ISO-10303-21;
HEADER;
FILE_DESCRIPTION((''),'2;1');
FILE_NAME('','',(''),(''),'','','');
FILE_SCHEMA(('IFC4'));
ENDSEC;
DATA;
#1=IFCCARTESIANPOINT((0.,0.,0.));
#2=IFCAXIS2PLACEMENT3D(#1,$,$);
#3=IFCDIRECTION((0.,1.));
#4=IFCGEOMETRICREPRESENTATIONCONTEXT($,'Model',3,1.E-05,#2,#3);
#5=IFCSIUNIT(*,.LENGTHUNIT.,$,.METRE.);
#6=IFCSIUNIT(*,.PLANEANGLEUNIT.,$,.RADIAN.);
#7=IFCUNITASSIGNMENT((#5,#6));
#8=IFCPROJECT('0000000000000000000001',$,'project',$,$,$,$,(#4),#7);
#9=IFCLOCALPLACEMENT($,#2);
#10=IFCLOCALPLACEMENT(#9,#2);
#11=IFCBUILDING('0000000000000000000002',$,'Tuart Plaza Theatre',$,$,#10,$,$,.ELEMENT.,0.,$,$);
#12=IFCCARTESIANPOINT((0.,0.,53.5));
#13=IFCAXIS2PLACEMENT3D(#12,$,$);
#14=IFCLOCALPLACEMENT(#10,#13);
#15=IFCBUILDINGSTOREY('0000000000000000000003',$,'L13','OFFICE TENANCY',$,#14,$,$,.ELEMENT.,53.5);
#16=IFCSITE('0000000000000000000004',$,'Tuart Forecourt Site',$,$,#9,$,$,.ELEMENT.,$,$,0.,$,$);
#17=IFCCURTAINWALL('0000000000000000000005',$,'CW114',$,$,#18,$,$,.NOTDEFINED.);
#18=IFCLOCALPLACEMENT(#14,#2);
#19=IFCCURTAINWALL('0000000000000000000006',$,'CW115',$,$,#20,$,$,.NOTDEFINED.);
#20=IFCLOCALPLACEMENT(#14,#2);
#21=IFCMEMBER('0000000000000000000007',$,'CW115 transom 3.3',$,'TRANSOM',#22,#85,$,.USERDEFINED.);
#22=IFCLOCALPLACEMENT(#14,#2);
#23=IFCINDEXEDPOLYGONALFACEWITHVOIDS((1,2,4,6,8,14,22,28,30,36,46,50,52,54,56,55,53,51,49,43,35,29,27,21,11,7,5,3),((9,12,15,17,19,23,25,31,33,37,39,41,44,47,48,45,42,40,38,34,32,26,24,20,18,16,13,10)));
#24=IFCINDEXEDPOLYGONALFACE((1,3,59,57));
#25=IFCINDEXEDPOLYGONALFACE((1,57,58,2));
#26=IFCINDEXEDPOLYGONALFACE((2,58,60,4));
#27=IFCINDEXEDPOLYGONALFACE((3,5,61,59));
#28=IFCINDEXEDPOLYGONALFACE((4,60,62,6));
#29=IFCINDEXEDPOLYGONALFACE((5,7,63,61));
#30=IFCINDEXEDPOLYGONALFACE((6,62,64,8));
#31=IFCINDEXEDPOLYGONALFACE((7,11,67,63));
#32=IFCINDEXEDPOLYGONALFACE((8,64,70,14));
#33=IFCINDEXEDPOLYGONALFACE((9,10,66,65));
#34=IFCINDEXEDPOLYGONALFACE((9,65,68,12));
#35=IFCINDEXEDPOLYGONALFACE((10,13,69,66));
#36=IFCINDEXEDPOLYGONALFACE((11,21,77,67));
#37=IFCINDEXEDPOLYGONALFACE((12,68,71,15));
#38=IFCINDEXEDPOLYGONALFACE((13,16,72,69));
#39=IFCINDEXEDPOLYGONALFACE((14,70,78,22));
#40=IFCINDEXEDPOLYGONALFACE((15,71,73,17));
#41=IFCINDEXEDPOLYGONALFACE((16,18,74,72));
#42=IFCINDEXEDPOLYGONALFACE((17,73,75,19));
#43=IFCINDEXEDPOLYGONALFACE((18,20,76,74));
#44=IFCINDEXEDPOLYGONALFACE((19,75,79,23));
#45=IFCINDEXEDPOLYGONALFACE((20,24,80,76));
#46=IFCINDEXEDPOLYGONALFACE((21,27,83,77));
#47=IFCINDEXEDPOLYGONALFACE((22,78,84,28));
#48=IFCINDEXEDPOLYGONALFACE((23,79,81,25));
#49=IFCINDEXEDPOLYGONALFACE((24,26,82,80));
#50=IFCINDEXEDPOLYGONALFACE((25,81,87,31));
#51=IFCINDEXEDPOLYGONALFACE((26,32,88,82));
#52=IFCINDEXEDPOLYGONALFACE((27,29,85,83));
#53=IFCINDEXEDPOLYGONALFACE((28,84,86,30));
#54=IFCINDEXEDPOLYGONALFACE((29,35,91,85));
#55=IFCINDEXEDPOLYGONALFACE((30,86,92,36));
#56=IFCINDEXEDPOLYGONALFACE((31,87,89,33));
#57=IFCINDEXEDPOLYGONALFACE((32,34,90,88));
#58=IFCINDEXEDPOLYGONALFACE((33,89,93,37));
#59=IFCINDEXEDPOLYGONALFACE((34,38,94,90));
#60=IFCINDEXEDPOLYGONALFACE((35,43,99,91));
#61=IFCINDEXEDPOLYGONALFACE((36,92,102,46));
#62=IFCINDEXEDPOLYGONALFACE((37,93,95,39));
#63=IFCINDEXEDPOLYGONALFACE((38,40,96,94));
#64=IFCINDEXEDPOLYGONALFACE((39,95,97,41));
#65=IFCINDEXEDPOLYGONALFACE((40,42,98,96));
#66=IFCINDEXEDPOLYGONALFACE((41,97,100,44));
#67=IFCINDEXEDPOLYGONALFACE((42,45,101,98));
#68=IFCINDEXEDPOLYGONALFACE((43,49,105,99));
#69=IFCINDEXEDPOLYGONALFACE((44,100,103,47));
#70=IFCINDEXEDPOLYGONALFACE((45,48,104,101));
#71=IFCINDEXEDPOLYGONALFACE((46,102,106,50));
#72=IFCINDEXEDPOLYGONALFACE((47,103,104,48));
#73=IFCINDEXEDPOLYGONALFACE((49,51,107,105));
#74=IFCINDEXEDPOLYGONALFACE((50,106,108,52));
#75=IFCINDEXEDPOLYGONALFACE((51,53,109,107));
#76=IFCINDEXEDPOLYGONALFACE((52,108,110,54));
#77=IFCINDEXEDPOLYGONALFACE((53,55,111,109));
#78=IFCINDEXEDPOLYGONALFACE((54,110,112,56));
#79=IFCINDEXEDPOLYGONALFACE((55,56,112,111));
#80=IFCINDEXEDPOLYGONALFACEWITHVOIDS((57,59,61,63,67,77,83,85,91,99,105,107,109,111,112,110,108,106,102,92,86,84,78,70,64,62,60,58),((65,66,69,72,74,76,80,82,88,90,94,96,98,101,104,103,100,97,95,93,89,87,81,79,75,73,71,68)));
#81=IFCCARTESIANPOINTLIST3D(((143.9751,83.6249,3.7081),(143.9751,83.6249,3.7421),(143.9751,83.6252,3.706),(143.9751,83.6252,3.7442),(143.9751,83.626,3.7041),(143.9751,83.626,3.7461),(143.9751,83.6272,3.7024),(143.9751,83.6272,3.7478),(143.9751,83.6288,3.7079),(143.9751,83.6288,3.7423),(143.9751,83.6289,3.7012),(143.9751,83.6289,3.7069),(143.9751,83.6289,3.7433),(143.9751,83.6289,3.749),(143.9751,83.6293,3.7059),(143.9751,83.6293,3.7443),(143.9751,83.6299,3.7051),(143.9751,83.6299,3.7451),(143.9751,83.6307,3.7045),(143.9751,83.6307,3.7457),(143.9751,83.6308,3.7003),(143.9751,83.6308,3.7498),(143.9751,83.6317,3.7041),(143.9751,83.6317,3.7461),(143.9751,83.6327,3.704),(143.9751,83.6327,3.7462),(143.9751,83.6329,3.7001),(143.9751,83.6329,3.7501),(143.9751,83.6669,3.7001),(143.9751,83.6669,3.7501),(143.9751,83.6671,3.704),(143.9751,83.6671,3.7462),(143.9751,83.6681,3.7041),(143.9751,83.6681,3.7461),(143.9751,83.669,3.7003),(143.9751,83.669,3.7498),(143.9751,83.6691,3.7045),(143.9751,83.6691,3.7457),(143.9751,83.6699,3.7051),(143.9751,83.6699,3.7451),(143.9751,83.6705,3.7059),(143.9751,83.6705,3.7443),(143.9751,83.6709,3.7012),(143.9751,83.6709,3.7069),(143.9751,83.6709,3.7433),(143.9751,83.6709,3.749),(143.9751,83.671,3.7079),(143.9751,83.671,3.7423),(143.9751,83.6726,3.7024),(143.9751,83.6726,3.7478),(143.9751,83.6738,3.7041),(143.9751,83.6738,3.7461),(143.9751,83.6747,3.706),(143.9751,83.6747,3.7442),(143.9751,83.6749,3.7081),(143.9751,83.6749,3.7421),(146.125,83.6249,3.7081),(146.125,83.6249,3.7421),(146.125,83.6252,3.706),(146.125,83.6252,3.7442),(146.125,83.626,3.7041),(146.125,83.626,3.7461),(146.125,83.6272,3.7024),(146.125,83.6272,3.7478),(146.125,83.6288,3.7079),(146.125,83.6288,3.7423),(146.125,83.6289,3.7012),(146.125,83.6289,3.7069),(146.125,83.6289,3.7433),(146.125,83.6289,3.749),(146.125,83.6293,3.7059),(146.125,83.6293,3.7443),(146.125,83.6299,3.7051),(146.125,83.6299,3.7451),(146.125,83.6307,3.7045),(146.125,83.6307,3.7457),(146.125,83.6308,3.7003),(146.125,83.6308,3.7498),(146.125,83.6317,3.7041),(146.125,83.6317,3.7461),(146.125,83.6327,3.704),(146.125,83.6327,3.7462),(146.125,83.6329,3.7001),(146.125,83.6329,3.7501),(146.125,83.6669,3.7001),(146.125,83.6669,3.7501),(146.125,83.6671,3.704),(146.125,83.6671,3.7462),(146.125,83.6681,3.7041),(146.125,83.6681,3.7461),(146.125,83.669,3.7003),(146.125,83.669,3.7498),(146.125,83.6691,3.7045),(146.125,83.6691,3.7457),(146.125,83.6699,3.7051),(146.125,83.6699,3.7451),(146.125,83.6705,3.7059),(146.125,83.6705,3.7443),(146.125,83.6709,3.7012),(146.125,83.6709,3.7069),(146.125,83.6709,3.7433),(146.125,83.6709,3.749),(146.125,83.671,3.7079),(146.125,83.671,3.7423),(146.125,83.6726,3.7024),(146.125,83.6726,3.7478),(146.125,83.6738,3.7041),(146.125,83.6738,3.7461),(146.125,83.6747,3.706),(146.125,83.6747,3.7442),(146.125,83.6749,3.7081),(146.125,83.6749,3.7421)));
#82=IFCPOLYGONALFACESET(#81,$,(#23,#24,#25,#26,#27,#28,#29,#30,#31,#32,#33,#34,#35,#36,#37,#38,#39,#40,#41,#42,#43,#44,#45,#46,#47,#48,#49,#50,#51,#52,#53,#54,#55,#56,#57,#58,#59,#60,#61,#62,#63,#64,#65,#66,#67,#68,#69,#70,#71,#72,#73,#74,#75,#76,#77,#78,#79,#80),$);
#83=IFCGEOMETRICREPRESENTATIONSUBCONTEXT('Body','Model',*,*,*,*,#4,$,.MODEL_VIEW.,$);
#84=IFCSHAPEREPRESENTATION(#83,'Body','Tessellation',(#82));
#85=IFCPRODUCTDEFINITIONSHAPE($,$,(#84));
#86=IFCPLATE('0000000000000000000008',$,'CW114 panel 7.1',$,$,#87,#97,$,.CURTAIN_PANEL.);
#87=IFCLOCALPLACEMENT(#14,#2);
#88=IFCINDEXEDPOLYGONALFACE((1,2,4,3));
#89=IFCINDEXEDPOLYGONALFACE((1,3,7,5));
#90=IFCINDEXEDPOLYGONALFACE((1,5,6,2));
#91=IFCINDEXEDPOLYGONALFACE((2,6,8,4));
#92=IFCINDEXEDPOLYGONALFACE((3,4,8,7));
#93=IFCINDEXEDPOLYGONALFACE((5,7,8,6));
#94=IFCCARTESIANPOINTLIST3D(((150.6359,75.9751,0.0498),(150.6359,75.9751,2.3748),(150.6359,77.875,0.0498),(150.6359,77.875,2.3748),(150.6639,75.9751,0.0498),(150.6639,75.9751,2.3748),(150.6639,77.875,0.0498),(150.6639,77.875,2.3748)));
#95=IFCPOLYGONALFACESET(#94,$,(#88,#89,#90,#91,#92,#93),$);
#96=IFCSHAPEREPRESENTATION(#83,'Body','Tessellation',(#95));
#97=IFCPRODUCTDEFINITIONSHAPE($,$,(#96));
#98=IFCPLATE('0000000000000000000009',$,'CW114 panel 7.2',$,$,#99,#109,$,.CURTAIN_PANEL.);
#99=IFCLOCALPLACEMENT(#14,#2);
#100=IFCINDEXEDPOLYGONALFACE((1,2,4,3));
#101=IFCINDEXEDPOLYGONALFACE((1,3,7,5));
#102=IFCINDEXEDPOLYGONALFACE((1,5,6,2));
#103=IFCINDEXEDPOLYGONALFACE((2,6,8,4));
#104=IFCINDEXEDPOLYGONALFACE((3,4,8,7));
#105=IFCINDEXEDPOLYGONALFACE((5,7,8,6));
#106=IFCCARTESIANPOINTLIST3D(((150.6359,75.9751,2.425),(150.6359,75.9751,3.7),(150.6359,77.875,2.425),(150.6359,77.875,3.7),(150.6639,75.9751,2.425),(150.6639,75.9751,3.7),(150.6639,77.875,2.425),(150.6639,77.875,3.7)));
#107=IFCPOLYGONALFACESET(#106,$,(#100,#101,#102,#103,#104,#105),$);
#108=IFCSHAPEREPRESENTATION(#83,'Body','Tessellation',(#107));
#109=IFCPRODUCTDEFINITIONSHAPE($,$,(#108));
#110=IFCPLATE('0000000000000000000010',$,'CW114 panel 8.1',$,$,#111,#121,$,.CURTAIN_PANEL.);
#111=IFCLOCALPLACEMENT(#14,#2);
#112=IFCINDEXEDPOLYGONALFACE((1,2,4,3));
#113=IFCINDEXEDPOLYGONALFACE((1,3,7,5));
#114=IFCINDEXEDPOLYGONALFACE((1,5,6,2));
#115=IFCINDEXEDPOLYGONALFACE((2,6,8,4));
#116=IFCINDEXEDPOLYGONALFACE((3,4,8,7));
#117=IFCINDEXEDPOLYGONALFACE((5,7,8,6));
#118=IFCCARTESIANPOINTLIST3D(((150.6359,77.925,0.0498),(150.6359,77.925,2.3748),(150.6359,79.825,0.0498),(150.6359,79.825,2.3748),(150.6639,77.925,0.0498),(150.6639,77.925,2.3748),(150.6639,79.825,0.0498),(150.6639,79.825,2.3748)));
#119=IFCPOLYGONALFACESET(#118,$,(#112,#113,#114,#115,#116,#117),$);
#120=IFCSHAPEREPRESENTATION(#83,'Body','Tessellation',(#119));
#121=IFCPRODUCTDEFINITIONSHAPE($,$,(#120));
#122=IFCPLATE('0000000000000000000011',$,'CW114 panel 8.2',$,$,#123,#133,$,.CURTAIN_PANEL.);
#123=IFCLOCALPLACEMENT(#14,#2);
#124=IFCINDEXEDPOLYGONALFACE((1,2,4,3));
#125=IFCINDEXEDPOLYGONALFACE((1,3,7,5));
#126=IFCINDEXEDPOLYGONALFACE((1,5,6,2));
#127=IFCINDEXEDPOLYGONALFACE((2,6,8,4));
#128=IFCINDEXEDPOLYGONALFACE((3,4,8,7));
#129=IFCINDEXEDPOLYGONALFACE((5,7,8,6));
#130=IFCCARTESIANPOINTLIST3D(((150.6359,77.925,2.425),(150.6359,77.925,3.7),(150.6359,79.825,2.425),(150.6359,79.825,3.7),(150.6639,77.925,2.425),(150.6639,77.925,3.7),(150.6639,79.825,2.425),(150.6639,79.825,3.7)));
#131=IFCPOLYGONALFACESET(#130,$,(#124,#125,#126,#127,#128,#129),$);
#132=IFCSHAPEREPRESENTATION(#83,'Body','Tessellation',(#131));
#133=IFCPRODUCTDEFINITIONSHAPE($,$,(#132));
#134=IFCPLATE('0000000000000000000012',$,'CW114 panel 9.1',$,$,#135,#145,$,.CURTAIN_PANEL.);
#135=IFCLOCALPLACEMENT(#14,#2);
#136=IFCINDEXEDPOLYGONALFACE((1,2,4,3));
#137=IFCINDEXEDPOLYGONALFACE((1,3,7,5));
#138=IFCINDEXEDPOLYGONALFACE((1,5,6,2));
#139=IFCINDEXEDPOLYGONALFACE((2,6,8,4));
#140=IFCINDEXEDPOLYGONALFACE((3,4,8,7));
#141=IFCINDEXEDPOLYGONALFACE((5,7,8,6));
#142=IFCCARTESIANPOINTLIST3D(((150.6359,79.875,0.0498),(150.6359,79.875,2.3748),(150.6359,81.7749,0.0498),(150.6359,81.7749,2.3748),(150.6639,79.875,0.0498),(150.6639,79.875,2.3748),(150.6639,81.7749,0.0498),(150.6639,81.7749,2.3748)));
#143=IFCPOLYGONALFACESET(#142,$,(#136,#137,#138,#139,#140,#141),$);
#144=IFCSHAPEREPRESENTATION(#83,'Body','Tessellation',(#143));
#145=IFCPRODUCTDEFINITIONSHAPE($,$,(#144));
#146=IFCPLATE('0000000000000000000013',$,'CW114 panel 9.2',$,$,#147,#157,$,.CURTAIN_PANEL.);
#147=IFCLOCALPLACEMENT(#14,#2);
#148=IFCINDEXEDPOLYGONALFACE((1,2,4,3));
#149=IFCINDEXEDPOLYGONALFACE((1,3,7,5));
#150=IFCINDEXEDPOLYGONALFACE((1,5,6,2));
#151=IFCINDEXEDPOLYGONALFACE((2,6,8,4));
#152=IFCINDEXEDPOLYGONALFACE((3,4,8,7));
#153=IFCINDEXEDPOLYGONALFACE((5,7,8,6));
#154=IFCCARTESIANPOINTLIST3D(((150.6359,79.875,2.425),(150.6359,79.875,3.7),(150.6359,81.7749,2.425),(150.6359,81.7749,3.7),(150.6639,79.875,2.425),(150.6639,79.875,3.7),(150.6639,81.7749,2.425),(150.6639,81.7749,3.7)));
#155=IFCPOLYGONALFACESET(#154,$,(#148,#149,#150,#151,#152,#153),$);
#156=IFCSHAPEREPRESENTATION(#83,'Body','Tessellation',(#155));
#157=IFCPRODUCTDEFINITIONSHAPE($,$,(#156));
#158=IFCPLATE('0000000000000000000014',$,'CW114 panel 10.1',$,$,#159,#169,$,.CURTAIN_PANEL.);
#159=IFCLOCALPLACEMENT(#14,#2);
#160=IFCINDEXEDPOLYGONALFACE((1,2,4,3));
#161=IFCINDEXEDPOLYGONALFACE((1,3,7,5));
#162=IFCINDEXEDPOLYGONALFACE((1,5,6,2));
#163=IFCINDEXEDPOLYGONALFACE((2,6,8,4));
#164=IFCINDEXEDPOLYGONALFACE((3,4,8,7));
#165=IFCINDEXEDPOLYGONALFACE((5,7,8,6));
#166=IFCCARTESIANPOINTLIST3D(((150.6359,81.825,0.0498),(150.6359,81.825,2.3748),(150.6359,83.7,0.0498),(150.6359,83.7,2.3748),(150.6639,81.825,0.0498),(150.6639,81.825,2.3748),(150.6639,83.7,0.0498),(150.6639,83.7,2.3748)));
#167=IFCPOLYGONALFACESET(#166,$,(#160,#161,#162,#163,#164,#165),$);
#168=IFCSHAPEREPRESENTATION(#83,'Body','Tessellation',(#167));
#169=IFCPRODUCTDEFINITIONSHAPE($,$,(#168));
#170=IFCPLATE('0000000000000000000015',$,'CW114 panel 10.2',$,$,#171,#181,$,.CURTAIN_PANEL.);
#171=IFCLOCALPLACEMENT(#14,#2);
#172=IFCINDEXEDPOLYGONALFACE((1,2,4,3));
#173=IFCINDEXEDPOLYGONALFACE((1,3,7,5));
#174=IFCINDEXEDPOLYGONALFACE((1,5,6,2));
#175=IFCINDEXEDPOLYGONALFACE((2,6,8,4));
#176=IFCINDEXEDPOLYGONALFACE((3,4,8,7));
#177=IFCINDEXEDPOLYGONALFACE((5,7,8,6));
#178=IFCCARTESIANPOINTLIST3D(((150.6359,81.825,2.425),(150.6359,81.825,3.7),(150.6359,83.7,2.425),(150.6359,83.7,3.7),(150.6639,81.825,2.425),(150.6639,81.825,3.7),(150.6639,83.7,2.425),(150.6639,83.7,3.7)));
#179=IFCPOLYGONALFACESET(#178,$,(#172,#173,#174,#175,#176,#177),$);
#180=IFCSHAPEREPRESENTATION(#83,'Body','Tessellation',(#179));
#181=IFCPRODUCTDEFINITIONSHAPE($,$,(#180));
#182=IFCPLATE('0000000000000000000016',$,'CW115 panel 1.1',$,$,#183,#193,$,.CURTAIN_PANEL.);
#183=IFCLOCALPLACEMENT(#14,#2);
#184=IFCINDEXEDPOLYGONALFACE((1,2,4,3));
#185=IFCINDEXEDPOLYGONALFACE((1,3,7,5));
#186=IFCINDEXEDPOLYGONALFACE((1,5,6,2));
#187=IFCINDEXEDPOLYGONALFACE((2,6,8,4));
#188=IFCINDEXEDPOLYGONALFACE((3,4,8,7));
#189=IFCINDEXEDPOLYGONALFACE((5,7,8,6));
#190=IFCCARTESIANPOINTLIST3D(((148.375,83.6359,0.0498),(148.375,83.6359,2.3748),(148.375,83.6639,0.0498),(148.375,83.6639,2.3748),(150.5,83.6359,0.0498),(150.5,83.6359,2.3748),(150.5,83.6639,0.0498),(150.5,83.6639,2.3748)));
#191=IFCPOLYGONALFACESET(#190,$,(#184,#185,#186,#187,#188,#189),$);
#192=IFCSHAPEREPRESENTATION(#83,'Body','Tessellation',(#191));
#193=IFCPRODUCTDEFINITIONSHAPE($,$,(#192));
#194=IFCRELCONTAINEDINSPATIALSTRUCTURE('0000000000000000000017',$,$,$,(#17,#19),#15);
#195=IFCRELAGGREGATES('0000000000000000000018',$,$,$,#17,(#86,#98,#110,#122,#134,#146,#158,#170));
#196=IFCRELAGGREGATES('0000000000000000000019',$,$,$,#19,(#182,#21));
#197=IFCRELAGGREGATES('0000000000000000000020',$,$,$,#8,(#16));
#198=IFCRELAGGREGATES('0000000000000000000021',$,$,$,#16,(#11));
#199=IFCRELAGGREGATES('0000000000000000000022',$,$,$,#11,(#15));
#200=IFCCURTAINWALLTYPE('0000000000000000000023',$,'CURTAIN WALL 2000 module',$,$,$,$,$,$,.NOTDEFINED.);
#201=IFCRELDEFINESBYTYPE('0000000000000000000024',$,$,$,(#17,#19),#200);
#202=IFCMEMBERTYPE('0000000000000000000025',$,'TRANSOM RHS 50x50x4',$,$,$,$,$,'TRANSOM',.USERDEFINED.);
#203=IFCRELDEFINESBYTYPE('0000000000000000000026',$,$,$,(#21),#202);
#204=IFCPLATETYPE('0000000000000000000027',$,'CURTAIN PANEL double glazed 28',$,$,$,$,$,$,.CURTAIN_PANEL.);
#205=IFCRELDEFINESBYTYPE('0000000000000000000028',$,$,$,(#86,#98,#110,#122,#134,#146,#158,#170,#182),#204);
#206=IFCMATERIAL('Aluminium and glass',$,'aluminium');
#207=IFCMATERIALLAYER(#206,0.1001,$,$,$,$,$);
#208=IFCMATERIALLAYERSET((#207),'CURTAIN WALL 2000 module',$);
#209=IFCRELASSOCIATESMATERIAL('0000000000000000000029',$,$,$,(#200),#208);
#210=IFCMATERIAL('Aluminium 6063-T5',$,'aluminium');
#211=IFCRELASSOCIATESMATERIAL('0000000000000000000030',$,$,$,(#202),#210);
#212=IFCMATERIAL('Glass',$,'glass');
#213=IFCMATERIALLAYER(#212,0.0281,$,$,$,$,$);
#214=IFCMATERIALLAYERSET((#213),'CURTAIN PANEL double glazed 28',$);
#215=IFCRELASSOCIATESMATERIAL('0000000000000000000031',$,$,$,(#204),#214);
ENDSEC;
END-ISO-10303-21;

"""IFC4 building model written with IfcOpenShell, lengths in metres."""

from ifc_helpers import new_model, si_unit, direction, frame, origin, origin_2d, place, context, subcontext, project, spatial, rectangle, hollow_rectangle, extrude, material, layer, layer_set, material_profile, profile_set, type_object, element, aggregate, save


model = new_model("IFC4")

# Units and contexts
model_context = context("Model", 3, precision=1e-05, world=origin(), true_north=direction((0.0, 1.0)))
body_context = subcontext(model_context, "Body", "Model", "MODEL_VIEW")
ifc_project = project(units=[si_unit("LENGTHUNIT", "METRE"), si_unit("PLANEANGLEUNIT", "RADIAN")], contexts=[model_context])

# Site, building, storey
site_placement = place(None, origin())
site = spatial("IfcSite", under=ifc_project, at=site_placement, Name="Tuart Forecourt Site", CompositionType="ELEMENT", RefElevation=0.0)
building_placement = place(site_placement, origin())
building = spatial("IfcBuilding", under=site, at=building_placement, Name="Tuart Plaza Theatre", CompositionType="ELEMENT", ElevationOfRefHeight=0.0)
storey_placement = place(building_placement, frame((0.0, 0.0, 53.5)))
storey = spatial("IfcBuildingStorey", under=building, at=storey_placement, Name="L13", Description="OFFICE TENANCY", CompositionType="ELEMENT", Elevation=53.5)

# Curtain walls
ifc_material_1 = material(Name="Aluminium and glass", Category="aluminium")
ifc_layer_1 = layer(ifc_material_1, 0.1001)
ifc_layer_set_1 = layer_set([ifc_layer_1], Name="CURTAIN WALL 2000 module")
curtain_wall_type = type_object("IfcCurtainWallType", Name="CURTAIN WALL 2000 module", PredefinedType="NOTDEFINED", material=ifc_layer_set_1)
curtain_wall_1_placement = place(storey_placement, origin())
curtain_wall_1 = element("IfcCurtainWall", 1, at=curtain_wall_1_placement, inside=storey, type_object=curtain_wall_type, Name="CW114", PredefinedType="NOTDEFINED")
curtain_wall_2_placement = place(storey_placement, origin())
curtain_wall_2 = element("IfcCurtainWall", 2, at=curtain_wall_2_placement, inside=storey, type_object=curtain_wall_type, Name="CW115", PredefinedType="NOTDEFINED")

# Member
ifc_material_2 = material(Name="Aluminium 6063-T5", Category="aluminium")
ifc_material_profile_1 = material_profile(ifc_material_2, hollow_rectangle(XDim=0.05, YDim=0.05, WallThickness=0.0039, InnerFilletRadius=0.0039, OuterFilletRadius=0.0081, at=origin_2d()), Name="RHS 50x50x4")
ifc_profile_set_1 = profile_set([ifc_material_profile_1], Name="Aluminium 6063-T5")
member_type_1 = type_object("IfcMemberType", Name="TRANSOM RHS 50x50x4", ElementType="TRANSOM", PredefinedType="USERDEFINED", material=ifc_profile_set_1)
member_1_placement = place(storey_placement, frame((146.125, 83.6499, 3.7251), z_axis=(-1.0, 0.0, 0.0), x_axis=(0.0, -1.0, 0.0)))
member_1 = element("IfcMember", 3, at=member_1_placement, type_object=member_type_1, Name="CW115 transom 3.3", ObjectType="TRANSOM", PredefinedType="USERDEFINED", context=body_context, shape_type="SweptSolid", body=[
    extrude(hollow_rectangle(XDim=0.05, YDim=0.05, WallThickness=0.0039, InnerFilletRadius=0.0039, OuterFilletRadius=0.0081, at=origin_2d()), origin(), (0.0, 0.0, 1.0), 2.1499),
])

# Plates
ifc_material_3 = material(Name="Glass", Category="glass")
ifc_layer_2 = layer(ifc_material_3, 0.0281)
ifc_layer_set_2 = layer_set([ifc_layer_2], Name="CURTAIN PANEL double glazed 28")
plate_type = type_object("IfcPlateType", Name="CURTAIN PANEL double glazed 28", PredefinedType="CURTAIN_PANEL", material=ifc_layer_set_2)
plate_1_placement = place(storey_placement, frame((150.6499, 76.925, 0.0498), z_axis=(0.0, 0.0, 1.0), x_axis=(0.0, 1.0, 0.0)))
plate_1 = element("IfcPlate", 4, at=plate_1_placement, type_object=plate_type, Name="CW114 panel 7.1", PredefinedType="CURTAIN_PANEL", context=body_context, shape_type="SweptSolid", body=[
    extrude(rectangle(XDim=1.8999, YDim=0.0281, at=origin_2d()), origin(), (0.0, 0.0, 1.0), 2.325),
])
plate_2_placement = place(storey_placement, frame((150.6499, 76.925, 2.425), z_axis=(0.0, 0.0, 1.0), x_axis=(0.0, 1.0, 0.0)))
plate_2 = element("IfcPlate", 5, at=plate_2_placement, type_object=plate_type, Name="CW114 panel 7.2", PredefinedType="CURTAIN_PANEL", context=body_context, shape_type="SweptSolid", body=[
    extrude(rectangle(XDim=1.8999, YDim=0.0281, at=origin_2d()), origin(), (0.0, 0.0, 1.0), 1.2749),
])
plate_3_placement = place(storey_placement, frame((150.6499, 78.875, 0.0498), z_axis=(0.0, 0.0, 1.0), x_axis=(0.0, 1.0, 0.0)))
plate_3 = element("IfcPlate", 6, at=plate_3_placement, type_object=plate_type, Name="CW114 panel 8.1", PredefinedType="CURTAIN_PANEL", context=body_context, shape_type="SweptSolid", body=[
    extrude(rectangle(XDim=1.8999, YDim=0.0281, at=origin_2d()), origin(), (0.0, 0.0, 1.0), 2.325),
])
plate_4_placement = place(storey_placement, frame((150.6499, 78.875, 2.425), z_axis=(0.0, 0.0, 1.0), x_axis=(0.0, 1.0, 0.0)))
plate_4 = element("IfcPlate", 7, at=plate_4_placement, type_object=plate_type, Name="CW114 panel 8.2", PredefinedType="CURTAIN_PANEL", context=body_context, shape_type="SweptSolid", body=[
    extrude(rectangle(XDim=1.8999, YDim=0.0281, at=origin_2d()), origin(), (0.0, 0.0, 1.0), 1.2749),
])
plate_5_placement = place(storey_placement, frame((150.6499, 80.825, 0.0498), z_axis=(0.0, 0.0, 1.0), x_axis=(0.0, 1.0, 0.0)))
plate_5 = element("IfcPlate", 8, at=plate_5_placement, type_object=plate_type, Name="CW114 panel 9.1", PredefinedType="CURTAIN_PANEL", context=body_context, shape_type="SweptSolid", body=[
    extrude(rectangle(XDim=1.8999, YDim=0.0281, at=origin_2d()), origin(), (0.0, 0.0, 1.0), 2.325),
])
plate_6_placement = place(storey_placement, frame((150.6499, 80.825, 2.425), z_axis=(0.0, 0.0, 1.0), x_axis=(0.0, 1.0, 0.0)))
plate_6 = element("IfcPlate", 9, at=plate_6_placement, type_object=plate_type, Name="CW114 panel 9.2", PredefinedType="CURTAIN_PANEL", context=body_context, shape_type="SweptSolid", body=[
    extrude(rectangle(XDim=1.8999, YDim=0.0281, at=origin_2d()), origin(), (0.0, 0.0, 1.0), 1.2749),
])
plate_7_placement = place(storey_placement, frame((150.6499, 82.7625, 0.0498), z_axis=(0.0, 0.0, 1.0), x_axis=(0.0, 1.0, 0.0)))
plate_7 = element("IfcPlate", 10, at=plate_7_placement, type_object=plate_type, Name="CW114 panel 10.1", PredefinedType="CURTAIN_PANEL", context=body_context, shape_type="SweptSolid", body=[
    extrude(rectangle(XDim=1.875, YDim=0.0281, at=origin_2d()), origin(), (0.0, 0.0, 1.0), 2.325),
])
plate_8_placement = place(storey_placement, frame((150.6499, 82.7625, 2.425), z_axis=(0.0, 0.0, 1.0), x_axis=(0.0, 1.0, 0.0)))
plate_8 = element("IfcPlate", 11, at=plate_8_placement, type_object=plate_type, Name="CW114 panel 10.2", PredefinedType="CURTAIN_PANEL", context=body_context, shape_type="SweptSolid", body=[
    extrude(rectangle(XDim=1.875, YDim=0.0281, at=origin_2d()), origin(), (0.0, 0.0, 1.0), 1.2749),
])
aggregate(curtain_wall_1, [plate_1, plate_2, plate_3, plate_4, plate_5, plate_6, plate_7, plate_8])
plate_9_placement = place(storey_placement, frame((149.4375, 83.6499, 0.0498), z_axis=(0.0, 0.0, 1.0), x_axis=(-1.0, 0.0, 0.0)))
plate_9 = element("IfcPlate", 12, at=plate_9_placement, type_object=plate_type, Name="CW115 panel 1.1", PredefinedType="CURTAIN_PANEL", context=body_context, shape_type="SweptSolid", body=[
    extrude(rectangle(XDim=2.125, YDim=0.0281, at=origin_2d()), origin(), (0.0, 0.0, 1.0), 2.325),
])
aggregate(curtain_wall_2, [plate_9, member_1])

save(model, "model.ifc")
